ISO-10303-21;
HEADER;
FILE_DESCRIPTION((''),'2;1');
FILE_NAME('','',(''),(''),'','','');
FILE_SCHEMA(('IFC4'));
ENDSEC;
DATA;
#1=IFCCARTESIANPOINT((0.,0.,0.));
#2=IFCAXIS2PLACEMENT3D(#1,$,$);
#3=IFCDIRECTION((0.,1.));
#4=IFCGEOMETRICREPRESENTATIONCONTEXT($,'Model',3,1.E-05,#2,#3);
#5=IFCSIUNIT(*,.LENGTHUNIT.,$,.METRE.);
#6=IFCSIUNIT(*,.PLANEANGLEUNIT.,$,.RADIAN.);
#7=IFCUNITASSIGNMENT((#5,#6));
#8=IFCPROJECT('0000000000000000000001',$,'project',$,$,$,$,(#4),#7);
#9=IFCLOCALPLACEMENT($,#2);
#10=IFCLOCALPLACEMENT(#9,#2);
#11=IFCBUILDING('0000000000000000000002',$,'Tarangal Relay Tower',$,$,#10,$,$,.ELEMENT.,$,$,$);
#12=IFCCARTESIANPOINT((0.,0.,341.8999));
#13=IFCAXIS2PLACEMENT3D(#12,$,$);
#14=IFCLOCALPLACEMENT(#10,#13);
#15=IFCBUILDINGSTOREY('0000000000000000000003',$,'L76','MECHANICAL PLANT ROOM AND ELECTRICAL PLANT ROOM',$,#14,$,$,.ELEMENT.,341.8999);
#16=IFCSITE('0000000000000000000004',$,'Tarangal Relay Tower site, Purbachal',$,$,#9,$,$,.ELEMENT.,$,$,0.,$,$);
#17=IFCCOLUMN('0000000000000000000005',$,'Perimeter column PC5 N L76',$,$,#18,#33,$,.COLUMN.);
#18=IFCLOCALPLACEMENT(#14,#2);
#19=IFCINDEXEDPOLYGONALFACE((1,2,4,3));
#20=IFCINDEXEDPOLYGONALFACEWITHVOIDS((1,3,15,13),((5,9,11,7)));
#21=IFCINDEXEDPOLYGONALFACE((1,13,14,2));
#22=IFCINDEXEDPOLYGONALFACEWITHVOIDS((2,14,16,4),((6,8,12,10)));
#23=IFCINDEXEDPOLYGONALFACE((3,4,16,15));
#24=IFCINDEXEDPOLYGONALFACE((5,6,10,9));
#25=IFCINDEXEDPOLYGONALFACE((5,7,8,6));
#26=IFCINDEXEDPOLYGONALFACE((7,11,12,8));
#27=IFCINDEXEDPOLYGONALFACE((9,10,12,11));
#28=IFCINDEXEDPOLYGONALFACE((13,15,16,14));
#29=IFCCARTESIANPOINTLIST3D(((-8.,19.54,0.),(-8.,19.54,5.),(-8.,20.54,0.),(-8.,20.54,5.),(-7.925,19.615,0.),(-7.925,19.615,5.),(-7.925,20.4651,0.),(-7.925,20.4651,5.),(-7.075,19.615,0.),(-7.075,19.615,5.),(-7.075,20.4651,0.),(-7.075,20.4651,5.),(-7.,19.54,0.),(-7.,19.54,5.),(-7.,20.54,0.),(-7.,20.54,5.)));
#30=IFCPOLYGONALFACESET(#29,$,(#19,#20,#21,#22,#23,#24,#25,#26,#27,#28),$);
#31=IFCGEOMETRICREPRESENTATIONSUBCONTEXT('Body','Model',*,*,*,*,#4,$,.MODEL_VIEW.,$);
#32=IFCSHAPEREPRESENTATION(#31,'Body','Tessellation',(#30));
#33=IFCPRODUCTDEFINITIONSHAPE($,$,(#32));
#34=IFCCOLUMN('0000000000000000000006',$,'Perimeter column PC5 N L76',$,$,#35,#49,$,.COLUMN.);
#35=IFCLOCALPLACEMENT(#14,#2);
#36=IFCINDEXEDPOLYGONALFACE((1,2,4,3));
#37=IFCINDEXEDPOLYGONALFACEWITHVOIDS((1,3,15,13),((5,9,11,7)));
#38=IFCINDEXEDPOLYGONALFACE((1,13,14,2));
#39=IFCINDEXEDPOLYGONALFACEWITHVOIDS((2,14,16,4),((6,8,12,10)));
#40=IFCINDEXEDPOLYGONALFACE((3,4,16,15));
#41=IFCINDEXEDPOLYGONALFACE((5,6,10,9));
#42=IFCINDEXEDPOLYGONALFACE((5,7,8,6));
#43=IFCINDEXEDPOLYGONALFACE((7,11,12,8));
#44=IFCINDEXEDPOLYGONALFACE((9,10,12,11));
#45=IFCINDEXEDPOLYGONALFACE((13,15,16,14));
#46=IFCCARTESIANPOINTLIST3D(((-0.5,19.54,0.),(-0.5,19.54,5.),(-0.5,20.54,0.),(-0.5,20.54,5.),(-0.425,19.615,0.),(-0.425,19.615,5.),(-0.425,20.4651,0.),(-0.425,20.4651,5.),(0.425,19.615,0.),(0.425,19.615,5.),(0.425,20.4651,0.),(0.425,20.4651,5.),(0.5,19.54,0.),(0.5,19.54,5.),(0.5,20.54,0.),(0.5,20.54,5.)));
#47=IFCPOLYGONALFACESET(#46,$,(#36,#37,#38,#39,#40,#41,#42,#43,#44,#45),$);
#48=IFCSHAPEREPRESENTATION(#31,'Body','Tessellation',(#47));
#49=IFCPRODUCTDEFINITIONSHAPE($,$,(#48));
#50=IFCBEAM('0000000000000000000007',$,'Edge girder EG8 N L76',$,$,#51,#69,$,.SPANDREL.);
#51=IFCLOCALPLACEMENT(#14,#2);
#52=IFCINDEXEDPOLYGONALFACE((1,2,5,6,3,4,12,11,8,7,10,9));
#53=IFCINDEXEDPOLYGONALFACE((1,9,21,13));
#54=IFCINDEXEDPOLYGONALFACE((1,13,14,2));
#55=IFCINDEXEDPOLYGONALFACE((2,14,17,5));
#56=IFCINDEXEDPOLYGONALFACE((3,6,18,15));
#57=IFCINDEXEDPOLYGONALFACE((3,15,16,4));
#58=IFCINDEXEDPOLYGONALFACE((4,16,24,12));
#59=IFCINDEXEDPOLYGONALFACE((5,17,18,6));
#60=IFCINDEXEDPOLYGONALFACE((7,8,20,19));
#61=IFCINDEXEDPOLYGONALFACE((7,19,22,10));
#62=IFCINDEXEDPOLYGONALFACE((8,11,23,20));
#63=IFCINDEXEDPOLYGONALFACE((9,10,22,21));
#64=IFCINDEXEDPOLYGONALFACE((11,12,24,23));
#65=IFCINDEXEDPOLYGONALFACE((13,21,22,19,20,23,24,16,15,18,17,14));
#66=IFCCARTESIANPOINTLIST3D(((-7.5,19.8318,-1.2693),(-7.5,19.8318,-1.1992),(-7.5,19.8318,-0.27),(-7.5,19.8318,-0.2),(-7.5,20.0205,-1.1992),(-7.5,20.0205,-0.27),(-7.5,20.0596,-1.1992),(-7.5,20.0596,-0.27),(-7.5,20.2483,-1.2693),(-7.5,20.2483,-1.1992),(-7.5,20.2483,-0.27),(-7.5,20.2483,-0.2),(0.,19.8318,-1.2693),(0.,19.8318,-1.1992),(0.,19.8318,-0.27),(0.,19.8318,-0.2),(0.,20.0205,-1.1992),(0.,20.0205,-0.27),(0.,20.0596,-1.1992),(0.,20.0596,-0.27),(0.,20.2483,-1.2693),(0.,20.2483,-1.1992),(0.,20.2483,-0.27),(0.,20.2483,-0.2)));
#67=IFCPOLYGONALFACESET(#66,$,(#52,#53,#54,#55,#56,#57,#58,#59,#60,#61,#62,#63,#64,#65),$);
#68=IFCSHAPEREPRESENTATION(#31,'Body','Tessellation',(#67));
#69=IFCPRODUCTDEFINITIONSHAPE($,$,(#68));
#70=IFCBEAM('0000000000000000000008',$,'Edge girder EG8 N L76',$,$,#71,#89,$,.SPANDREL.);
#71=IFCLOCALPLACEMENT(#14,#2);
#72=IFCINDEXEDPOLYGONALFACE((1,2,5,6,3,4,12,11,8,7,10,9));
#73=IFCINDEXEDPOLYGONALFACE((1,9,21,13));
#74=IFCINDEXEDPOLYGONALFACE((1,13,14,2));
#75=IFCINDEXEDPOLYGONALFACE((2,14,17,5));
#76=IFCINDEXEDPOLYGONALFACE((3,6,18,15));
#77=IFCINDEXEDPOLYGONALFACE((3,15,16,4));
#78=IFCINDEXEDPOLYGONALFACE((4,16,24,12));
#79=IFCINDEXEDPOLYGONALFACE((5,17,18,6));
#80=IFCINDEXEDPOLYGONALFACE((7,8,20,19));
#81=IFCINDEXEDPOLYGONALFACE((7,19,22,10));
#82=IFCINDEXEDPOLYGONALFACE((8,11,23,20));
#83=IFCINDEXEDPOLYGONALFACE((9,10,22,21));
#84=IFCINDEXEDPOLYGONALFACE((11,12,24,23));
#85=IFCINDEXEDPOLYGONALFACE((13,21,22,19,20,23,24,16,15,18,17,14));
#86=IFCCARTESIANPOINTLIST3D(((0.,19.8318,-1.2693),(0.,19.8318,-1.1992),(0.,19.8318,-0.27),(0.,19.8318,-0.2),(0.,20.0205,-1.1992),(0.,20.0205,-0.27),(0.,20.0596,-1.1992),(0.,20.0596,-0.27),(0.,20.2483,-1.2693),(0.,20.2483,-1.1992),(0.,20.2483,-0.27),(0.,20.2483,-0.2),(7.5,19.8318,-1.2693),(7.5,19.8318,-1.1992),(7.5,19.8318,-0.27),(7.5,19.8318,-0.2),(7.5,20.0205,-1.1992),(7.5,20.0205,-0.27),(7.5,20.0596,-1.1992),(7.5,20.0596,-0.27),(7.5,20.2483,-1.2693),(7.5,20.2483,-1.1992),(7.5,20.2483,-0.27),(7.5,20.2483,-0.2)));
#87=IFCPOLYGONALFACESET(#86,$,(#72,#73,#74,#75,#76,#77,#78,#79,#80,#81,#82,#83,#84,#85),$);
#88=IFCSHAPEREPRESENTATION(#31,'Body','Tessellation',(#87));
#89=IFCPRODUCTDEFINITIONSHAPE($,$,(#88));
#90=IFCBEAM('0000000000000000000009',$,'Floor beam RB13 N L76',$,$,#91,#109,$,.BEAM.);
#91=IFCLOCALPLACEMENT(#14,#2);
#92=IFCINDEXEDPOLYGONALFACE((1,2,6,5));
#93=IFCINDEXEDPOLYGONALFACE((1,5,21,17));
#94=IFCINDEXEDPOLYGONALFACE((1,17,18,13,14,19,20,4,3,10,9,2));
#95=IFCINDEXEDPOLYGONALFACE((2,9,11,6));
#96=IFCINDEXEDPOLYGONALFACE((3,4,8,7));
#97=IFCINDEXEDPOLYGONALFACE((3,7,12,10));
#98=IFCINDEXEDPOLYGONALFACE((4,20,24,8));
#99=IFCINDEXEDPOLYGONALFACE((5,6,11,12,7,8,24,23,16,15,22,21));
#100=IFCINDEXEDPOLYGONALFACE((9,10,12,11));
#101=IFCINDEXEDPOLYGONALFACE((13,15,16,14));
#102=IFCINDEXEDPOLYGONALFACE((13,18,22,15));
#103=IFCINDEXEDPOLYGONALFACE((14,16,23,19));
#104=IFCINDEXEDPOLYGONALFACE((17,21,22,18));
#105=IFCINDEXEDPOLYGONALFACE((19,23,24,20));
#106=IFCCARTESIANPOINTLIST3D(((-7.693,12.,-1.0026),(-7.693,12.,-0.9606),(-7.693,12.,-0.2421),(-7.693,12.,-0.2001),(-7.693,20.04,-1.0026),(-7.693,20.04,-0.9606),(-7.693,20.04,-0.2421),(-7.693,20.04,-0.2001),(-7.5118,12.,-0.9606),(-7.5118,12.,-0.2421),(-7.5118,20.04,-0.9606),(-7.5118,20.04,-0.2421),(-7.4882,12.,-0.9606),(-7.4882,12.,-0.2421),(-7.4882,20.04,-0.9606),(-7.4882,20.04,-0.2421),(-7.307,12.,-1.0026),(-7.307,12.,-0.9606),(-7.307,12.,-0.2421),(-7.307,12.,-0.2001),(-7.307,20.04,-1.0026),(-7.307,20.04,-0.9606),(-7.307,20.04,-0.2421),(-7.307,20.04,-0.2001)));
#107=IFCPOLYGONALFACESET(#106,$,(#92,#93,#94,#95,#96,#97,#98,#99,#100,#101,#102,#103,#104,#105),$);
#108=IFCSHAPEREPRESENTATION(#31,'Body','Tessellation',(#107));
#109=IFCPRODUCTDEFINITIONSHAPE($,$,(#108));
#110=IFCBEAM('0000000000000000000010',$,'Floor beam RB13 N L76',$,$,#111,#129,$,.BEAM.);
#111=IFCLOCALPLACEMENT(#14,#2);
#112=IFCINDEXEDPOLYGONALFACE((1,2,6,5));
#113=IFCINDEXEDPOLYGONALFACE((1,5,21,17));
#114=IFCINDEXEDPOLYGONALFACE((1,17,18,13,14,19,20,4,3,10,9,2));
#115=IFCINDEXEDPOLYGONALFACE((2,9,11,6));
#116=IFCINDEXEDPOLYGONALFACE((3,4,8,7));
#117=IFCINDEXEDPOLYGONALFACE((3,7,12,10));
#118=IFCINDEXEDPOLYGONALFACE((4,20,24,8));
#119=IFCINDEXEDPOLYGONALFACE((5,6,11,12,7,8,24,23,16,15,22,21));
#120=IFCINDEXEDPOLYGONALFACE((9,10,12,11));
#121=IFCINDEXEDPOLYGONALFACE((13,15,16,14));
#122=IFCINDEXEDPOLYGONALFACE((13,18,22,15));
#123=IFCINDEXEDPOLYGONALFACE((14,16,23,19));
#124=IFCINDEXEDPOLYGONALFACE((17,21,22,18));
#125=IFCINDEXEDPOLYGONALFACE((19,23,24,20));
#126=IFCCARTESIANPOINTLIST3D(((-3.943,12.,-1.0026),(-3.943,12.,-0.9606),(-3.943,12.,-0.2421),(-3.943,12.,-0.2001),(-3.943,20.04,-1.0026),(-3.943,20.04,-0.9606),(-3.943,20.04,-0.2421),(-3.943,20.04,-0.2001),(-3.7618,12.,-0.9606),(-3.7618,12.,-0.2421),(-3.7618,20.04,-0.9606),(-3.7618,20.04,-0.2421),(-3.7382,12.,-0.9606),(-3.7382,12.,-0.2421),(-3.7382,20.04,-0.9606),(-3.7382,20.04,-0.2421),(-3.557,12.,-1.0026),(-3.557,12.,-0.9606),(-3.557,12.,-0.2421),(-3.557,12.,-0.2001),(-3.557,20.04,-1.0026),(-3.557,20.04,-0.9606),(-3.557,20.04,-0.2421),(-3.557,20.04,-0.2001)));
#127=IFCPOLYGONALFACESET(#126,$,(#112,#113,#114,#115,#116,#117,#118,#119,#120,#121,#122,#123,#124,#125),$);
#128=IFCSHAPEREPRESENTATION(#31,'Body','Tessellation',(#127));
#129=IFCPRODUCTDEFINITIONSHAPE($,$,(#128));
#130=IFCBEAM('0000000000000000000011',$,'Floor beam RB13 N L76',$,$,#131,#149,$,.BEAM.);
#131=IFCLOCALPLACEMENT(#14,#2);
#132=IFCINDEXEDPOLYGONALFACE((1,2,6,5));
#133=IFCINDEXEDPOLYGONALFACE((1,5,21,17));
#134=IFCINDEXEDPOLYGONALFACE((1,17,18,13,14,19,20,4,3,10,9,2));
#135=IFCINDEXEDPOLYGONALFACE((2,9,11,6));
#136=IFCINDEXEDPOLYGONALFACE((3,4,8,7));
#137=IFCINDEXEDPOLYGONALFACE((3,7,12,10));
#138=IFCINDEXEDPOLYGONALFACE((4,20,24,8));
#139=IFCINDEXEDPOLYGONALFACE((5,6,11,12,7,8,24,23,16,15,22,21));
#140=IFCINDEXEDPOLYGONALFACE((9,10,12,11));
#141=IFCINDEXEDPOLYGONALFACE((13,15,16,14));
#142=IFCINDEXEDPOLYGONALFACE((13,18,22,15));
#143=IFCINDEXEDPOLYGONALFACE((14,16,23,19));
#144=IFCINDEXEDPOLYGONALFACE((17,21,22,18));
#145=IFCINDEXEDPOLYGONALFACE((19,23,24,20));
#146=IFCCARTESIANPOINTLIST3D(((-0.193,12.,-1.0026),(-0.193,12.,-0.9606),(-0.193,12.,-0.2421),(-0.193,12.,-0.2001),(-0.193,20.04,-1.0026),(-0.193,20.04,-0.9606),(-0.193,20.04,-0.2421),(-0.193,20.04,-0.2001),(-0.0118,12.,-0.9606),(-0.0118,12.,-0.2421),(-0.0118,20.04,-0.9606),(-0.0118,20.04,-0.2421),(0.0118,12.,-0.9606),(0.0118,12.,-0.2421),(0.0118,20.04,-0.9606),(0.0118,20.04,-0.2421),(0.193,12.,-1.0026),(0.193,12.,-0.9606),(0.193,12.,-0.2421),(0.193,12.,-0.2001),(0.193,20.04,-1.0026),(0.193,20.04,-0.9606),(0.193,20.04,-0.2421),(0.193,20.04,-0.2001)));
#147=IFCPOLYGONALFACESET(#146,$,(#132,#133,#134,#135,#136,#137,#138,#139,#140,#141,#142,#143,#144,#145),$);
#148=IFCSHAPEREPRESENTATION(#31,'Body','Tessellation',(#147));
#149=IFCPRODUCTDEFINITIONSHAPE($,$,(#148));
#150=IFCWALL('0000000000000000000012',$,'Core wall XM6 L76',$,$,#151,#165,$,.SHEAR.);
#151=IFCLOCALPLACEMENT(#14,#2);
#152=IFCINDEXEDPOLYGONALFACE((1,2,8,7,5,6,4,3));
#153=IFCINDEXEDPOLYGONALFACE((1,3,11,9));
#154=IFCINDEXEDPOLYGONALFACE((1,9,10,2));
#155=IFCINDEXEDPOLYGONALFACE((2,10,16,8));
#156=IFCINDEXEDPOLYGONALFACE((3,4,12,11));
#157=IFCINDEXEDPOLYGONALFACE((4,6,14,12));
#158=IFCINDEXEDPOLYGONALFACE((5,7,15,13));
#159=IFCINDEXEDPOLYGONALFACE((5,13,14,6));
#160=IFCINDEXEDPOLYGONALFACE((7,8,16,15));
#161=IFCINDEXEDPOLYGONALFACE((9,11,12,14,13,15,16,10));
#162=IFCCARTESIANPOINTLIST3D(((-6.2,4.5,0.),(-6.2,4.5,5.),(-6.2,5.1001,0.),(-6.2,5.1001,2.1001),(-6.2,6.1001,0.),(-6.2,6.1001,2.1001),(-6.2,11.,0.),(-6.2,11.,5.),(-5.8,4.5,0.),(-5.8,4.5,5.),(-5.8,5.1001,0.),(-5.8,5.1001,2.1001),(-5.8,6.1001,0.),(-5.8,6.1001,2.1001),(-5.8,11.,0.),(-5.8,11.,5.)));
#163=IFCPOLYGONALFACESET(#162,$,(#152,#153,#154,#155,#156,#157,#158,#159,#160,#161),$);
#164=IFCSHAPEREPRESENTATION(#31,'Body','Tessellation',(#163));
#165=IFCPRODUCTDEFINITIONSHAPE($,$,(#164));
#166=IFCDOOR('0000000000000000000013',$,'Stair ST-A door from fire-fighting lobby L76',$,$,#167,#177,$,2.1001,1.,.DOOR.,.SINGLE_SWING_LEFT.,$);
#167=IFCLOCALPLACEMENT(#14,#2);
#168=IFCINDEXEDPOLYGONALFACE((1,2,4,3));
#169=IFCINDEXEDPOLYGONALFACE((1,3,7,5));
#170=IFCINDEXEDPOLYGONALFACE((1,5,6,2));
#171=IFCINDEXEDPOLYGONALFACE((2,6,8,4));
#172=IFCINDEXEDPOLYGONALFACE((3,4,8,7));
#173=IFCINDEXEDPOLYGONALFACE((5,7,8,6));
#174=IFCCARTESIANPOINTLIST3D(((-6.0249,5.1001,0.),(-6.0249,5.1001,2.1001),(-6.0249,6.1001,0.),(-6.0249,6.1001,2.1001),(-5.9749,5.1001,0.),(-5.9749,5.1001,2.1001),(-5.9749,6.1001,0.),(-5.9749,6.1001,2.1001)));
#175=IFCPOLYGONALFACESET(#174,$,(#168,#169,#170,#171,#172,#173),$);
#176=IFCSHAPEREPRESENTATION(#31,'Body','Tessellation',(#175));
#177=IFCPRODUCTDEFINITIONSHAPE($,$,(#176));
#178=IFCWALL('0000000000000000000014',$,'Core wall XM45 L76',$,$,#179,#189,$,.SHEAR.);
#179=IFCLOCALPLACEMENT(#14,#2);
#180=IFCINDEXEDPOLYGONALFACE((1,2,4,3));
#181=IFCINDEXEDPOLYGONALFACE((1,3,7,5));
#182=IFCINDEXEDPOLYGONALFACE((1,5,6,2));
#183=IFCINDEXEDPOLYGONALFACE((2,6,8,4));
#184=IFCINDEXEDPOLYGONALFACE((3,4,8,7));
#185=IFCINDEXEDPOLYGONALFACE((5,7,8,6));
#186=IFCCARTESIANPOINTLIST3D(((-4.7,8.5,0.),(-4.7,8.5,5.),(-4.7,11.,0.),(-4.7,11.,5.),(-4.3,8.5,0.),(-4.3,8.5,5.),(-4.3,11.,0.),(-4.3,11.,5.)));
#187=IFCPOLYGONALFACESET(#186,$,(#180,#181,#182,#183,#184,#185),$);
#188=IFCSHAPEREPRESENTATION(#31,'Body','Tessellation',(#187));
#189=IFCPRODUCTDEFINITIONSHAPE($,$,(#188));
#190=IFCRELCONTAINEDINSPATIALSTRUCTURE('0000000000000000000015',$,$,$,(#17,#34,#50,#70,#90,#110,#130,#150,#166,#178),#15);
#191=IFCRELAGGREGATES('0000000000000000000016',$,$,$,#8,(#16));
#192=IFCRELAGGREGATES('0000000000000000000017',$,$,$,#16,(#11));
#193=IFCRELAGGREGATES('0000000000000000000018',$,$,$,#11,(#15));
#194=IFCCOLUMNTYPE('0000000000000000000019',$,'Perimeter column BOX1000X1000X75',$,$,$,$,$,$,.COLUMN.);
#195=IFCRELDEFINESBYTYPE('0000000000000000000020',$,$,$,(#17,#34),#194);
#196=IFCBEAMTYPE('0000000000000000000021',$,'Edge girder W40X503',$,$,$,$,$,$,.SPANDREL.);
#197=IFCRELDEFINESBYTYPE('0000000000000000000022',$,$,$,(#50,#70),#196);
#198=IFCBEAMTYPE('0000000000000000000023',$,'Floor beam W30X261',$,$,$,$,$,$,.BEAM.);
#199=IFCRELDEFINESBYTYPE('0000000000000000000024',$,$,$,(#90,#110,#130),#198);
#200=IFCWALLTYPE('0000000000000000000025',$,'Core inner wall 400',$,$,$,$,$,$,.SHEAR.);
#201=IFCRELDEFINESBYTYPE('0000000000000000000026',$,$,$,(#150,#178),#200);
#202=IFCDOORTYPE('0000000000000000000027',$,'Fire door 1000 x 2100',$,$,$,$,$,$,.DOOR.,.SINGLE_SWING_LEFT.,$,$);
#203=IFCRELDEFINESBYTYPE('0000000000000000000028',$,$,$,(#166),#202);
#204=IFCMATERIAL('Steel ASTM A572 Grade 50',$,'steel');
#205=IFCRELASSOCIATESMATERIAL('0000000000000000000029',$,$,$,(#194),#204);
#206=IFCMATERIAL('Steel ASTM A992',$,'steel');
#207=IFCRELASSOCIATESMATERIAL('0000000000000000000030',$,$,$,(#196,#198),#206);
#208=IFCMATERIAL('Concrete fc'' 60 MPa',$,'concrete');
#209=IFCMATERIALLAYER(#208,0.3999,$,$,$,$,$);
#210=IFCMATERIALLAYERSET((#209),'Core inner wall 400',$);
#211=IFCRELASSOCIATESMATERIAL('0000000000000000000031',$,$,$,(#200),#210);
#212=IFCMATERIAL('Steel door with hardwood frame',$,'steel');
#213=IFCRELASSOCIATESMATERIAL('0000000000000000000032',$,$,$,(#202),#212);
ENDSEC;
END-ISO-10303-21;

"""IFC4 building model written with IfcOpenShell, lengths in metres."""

from ifc_helpers import new_model, si_unit, direction, frame, frame_2d, origin, origin_2d, place, context, subcontext, project, spatial, rectangle, hollow_rectangle, i_section, extrude, material, layer, layer_set, material_profile, profile_set, type_object, element, fill, save


model = new_model("IFC4")

# Units and contexts
model_context = context("Model", 3, precision=1e-05, world=origin(), true_north=direction((0.0, 1.0)))
body_context = subcontext(model_context, "Body", "Model", "MODEL_VIEW")
ifc_project = project(units=[si_unit("LENGTHUNIT", "METRE"), si_unit("PLANEANGLEUNIT", "RADIAN")], contexts=[model_context])

# Site, building, storey
site_placement = place(None, origin())
site = spatial("IfcSite", under=ifc_project, at=site_placement, Name="Tarangal Relay Tower site, Purbachal", CompositionType="ELEMENT", RefElevation=0.0)
building_placement = place(site_placement, origin())
building = spatial("IfcBuilding", under=site, at=building_placement, Name="Tarangal Relay Tower", CompositionType="ELEMENT")
storey_placement = place(building_placement, frame((0.0, 0.0, 341.8999)))
storey = spatial("IfcBuildingStorey", under=building, at=storey_placement, Name="L76", Description="MECHANICAL PLANT ROOM AND ELECTRICAL PLANT ROOM", CompositionType="ELEMENT", Elevation=341.8999)

# Columns
ifc_material_1 = material(Name="Steel ASTM A572 Grade 50", Category="steel")
ifc_material_profile_1 = material_profile(ifc_material_1, hollow_rectangle(XDim=1.0, YDim=1.0, WallThickness=0.075, at=origin_2d()), Name="BOX1000X1000X75")
ifc_profile_set_1 = profile_set([ifc_material_profile_1], Name="Steel ASTM A572 Grade 50")
column_type = type_object("IfcColumnType", Name="Perimeter column BOX1000X1000X75", PredefinedType="COLUMN", material=ifc_profile_set_1)
for number, where, z_axis, x_axis, name in (
    (1, (-7.5, 20.04, 0.0), (0.0, 0.0, 1.0), (1.0, 0.0, 0.0), "Perimeter column PC5 N L76"),
    (2, (0.0, 20.04, 0.0), (0.0, 0.0, 1.0), (1.0, 0.0, 0.0), "Perimeter column PC5 N L76"),
):
    element("IfcColumn", number, at=place(storey_placement, frame(where, z_axis=z_axis, x_axis=x_axis)), inside=storey, type_object=column_type, Name=name, PredefinedType="COLUMN", context=body_context, shape_type="SweptSolid", body=[
        extrude(hollow_rectangle(XDim=1.0, YDim=1.0, WallThickness=0.075, at=origin_2d()), origin(), (0.0, 0.0, 1.0), 5.0),
    ])

# Beams
ifc_material_2 = material(Name="Steel ASTM A992", Category="steel")
ifc_material_profile_2 = material_profile(ifc_material_2, i_section(OverallWidth=0.4165, OverallDepth=1.0693, WebThickness=0.0391, FlangeThickness=0.0701, at=origin_2d()), Name="W40X503")
ifc_profile_set_2 = profile_set([ifc_material_profile_2], Name="Steel ASTM A992")
beam_type_1 = type_object("IfcBeamType", Name="Edge girder W40X503", PredefinedType="SPANDREL", material=ifc_profile_set_2)
for number, where, z_axis, x_axis, name in (
    (3, (-7.5, 20.04, -0.7346), (1.0, 0.0, 0.0), (0.0, 1.0, 0.0), "Edge girder EG8 N L76"),
    (4, (0.0, 20.04, -0.7346), (1.0, 0.0, 0.0), (0.0, 1.0, 0.0), "Edge girder EG8 N L76"),
):
    element("IfcBeam", number, at=place(storey_placement, frame(where, z_axis=z_axis, x_axis=x_axis)), inside=storey, type_object=beam_type_1, Name=name, PredefinedType="SPANDREL", context=body_context, shape_type="SweptSolid", body=[
        extrude(i_section(OverallWidth=0.4165, OverallDepth=1.0693, WebThickness=0.0391, FlangeThickness=0.0701, at=origin_2d()), origin(), (0.0, 0.0, 1.0), 7.5),
    ])
ifc_material_profile_3 = material_profile(ifc_material_2, i_section(OverallWidth=0.386, OverallDepth=0.8025, WebThickness=0.0237, FlangeThickness=0.042, at=origin_2d()), Name="W30X261")
ifc_profile_set_3 = profile_set([ifc_material_profile_3], Name="Steel ASTM A992")
beam_type_2 = type_object("IfcBeamType", Name="Floor beam W30X261", PredefinedType="BEAM", material=ifc_profile_set_3)
for number, where, z_axis, x_axis, name in (
    (5, (-7.5, 12.0, -0.6013), (0.0, 1.0, 0.0), (-1.0, 0.0, 0.0), "Floor beam RB13 N L76"),
    (6, (-3.75, 12.0, -0.6013), (0.0, 1.0, 0.0), (-1.0, 0.0, 0.0), "Floor beam RB13 N L76"),
    (7, (0.0, 12.0, -0.6013), (0.0, 1.0, 0.0), (-1.0, 0.0, 0.0), "Floor beam RB13 N L76"),
):
    element("IfcBeam", number, at=place(storey_placement, frame(where, z_axis=z_axis, x_axis=x_axis)), inside=storey, type_object=beam_type_2, Name=name, PredefinedType="BEAM", context=body_context, shape_type="SweptSolid", body=[
        extrude(i_section(OverallWidth=0.386, OverallDepth=0.8025, WebThickness=0.0237, FlangeThickness=0.042, at=origin_2d()), origin(), (0.0, 0.0, 1.0), 8.04),
    ])

# Shared definitions
ifc_material_3 = material(Name="Concrete fc' 60 MPa", Category="concrete")
ifc_layer_1 = layer(ifc_material_3, 0.3999)
ifc_layer_set_1 = layer_set([ifc_layer_1], Name="Core inner wall 400")
wall_type_1 = type_object("IfcWallType", Name="Core inner wall 400", PredefinedType="SHEAR", material=ifc_layer_set_1)
ifc_material_4 = material(Name="Steel door with hardwood frame", Category="steel")

# Wall, opening, door
wall_1_placement = place(storey_placement, frame((-6.0, 4.5, 0.0), z_axis=(0.0, 0.0, 1.0), x_axis=(0.0, 1.0, 0.0)))
wall_1 = element("IfcWall", 8, at=wall_1_placement, inside=storey, type_object=wall_type_1, Name="Core wall XM6 L76", PredefinedType="SHEAR", context=body_context, shape_type="SweptSolid", body=[
    extrude(rectangle(XDim=6.5, YDim=0.3999, at=frame_2d((3.25, 0.0))), origin(), (0.0, 0.0, 1.0), 5.0),
])
opening_1_placement = place(wall_1_placement, frame((0.6001, 0.0, 0.0)))
opening_1 = element("IfcOpeningElement", 9, at=opening_1_placement, cuts=wall_1, PredefinedType="OPENING", context=body_context, shape_type="SweptSolid", body=[
    extrude(rectangle(XDim=1.0, YDim=2.1001, at=frame_2d((0.5, 1.05))), frame((0.0, 0.21, 0.0), z_axis=(0.0, -1.0, 0.0), x_axis=(1.0, 0.0, 0.0)), (0.0, 0.0, 1.0), 0.4199),
])
door_type_1 = type_object("IfcDoorType", Name="Fire door 1000 x 2100", OperationType="SINGLE_SWING_LEFT", PredefinedType="DOOR", material=ifc_material_4)
door_1_placement = place(opening_1_placement, origin())
door_1 = element("IfcDoor", 10, at=door_1_placement, inside=storey, type_object=door_type_1, Name="Stair ST-A door from fire-fighting lobby L76", OperationType="SINGLE_SWING_LEFT", OverallHeight=2.1001, OverallWidth=1.0, PredefinedType="DOOR", context=body_context, shape_type="SweptSolid", body=[
    extrude(rectangle(XDim=1.0, YDim=2.1001, at=frame_2d((0.5, 1.05))), frame((0.0, 0.0249, 0.0), z_axis=(0.0, -1.0, 0.0), x_axis=(1.0, 0.0, 0.0)), (0.0, 0.0, 1.0), 0.05),
])
fill(opening_1, door_1)

# Wall
for number, where, z_axis, x_axis, name in (
    (11, (-4.5, 8.5, 0.0), (0.0, 0.0, 1.0), (0.0, 1.0, 0.0), "Core wall XM45 L76"),
):
    element("IfcWall", number, at=place(storey_placement, frame(where, z_axis=z_axis, x_axis=x_axis)), inside=storey, type_object=wall_type_1, Name=name, PredefinedType="SHEAR", context=body_context, shape_type="SweptSolid", body=[
        extrude(rectangle(XDim=2.5, YDim=0.3999, at=frame_2d((1.25, 0.0))), origin(), (0.0, 0.0, 1.0), 5.0),
    ])

save(model, "model.ifc")
